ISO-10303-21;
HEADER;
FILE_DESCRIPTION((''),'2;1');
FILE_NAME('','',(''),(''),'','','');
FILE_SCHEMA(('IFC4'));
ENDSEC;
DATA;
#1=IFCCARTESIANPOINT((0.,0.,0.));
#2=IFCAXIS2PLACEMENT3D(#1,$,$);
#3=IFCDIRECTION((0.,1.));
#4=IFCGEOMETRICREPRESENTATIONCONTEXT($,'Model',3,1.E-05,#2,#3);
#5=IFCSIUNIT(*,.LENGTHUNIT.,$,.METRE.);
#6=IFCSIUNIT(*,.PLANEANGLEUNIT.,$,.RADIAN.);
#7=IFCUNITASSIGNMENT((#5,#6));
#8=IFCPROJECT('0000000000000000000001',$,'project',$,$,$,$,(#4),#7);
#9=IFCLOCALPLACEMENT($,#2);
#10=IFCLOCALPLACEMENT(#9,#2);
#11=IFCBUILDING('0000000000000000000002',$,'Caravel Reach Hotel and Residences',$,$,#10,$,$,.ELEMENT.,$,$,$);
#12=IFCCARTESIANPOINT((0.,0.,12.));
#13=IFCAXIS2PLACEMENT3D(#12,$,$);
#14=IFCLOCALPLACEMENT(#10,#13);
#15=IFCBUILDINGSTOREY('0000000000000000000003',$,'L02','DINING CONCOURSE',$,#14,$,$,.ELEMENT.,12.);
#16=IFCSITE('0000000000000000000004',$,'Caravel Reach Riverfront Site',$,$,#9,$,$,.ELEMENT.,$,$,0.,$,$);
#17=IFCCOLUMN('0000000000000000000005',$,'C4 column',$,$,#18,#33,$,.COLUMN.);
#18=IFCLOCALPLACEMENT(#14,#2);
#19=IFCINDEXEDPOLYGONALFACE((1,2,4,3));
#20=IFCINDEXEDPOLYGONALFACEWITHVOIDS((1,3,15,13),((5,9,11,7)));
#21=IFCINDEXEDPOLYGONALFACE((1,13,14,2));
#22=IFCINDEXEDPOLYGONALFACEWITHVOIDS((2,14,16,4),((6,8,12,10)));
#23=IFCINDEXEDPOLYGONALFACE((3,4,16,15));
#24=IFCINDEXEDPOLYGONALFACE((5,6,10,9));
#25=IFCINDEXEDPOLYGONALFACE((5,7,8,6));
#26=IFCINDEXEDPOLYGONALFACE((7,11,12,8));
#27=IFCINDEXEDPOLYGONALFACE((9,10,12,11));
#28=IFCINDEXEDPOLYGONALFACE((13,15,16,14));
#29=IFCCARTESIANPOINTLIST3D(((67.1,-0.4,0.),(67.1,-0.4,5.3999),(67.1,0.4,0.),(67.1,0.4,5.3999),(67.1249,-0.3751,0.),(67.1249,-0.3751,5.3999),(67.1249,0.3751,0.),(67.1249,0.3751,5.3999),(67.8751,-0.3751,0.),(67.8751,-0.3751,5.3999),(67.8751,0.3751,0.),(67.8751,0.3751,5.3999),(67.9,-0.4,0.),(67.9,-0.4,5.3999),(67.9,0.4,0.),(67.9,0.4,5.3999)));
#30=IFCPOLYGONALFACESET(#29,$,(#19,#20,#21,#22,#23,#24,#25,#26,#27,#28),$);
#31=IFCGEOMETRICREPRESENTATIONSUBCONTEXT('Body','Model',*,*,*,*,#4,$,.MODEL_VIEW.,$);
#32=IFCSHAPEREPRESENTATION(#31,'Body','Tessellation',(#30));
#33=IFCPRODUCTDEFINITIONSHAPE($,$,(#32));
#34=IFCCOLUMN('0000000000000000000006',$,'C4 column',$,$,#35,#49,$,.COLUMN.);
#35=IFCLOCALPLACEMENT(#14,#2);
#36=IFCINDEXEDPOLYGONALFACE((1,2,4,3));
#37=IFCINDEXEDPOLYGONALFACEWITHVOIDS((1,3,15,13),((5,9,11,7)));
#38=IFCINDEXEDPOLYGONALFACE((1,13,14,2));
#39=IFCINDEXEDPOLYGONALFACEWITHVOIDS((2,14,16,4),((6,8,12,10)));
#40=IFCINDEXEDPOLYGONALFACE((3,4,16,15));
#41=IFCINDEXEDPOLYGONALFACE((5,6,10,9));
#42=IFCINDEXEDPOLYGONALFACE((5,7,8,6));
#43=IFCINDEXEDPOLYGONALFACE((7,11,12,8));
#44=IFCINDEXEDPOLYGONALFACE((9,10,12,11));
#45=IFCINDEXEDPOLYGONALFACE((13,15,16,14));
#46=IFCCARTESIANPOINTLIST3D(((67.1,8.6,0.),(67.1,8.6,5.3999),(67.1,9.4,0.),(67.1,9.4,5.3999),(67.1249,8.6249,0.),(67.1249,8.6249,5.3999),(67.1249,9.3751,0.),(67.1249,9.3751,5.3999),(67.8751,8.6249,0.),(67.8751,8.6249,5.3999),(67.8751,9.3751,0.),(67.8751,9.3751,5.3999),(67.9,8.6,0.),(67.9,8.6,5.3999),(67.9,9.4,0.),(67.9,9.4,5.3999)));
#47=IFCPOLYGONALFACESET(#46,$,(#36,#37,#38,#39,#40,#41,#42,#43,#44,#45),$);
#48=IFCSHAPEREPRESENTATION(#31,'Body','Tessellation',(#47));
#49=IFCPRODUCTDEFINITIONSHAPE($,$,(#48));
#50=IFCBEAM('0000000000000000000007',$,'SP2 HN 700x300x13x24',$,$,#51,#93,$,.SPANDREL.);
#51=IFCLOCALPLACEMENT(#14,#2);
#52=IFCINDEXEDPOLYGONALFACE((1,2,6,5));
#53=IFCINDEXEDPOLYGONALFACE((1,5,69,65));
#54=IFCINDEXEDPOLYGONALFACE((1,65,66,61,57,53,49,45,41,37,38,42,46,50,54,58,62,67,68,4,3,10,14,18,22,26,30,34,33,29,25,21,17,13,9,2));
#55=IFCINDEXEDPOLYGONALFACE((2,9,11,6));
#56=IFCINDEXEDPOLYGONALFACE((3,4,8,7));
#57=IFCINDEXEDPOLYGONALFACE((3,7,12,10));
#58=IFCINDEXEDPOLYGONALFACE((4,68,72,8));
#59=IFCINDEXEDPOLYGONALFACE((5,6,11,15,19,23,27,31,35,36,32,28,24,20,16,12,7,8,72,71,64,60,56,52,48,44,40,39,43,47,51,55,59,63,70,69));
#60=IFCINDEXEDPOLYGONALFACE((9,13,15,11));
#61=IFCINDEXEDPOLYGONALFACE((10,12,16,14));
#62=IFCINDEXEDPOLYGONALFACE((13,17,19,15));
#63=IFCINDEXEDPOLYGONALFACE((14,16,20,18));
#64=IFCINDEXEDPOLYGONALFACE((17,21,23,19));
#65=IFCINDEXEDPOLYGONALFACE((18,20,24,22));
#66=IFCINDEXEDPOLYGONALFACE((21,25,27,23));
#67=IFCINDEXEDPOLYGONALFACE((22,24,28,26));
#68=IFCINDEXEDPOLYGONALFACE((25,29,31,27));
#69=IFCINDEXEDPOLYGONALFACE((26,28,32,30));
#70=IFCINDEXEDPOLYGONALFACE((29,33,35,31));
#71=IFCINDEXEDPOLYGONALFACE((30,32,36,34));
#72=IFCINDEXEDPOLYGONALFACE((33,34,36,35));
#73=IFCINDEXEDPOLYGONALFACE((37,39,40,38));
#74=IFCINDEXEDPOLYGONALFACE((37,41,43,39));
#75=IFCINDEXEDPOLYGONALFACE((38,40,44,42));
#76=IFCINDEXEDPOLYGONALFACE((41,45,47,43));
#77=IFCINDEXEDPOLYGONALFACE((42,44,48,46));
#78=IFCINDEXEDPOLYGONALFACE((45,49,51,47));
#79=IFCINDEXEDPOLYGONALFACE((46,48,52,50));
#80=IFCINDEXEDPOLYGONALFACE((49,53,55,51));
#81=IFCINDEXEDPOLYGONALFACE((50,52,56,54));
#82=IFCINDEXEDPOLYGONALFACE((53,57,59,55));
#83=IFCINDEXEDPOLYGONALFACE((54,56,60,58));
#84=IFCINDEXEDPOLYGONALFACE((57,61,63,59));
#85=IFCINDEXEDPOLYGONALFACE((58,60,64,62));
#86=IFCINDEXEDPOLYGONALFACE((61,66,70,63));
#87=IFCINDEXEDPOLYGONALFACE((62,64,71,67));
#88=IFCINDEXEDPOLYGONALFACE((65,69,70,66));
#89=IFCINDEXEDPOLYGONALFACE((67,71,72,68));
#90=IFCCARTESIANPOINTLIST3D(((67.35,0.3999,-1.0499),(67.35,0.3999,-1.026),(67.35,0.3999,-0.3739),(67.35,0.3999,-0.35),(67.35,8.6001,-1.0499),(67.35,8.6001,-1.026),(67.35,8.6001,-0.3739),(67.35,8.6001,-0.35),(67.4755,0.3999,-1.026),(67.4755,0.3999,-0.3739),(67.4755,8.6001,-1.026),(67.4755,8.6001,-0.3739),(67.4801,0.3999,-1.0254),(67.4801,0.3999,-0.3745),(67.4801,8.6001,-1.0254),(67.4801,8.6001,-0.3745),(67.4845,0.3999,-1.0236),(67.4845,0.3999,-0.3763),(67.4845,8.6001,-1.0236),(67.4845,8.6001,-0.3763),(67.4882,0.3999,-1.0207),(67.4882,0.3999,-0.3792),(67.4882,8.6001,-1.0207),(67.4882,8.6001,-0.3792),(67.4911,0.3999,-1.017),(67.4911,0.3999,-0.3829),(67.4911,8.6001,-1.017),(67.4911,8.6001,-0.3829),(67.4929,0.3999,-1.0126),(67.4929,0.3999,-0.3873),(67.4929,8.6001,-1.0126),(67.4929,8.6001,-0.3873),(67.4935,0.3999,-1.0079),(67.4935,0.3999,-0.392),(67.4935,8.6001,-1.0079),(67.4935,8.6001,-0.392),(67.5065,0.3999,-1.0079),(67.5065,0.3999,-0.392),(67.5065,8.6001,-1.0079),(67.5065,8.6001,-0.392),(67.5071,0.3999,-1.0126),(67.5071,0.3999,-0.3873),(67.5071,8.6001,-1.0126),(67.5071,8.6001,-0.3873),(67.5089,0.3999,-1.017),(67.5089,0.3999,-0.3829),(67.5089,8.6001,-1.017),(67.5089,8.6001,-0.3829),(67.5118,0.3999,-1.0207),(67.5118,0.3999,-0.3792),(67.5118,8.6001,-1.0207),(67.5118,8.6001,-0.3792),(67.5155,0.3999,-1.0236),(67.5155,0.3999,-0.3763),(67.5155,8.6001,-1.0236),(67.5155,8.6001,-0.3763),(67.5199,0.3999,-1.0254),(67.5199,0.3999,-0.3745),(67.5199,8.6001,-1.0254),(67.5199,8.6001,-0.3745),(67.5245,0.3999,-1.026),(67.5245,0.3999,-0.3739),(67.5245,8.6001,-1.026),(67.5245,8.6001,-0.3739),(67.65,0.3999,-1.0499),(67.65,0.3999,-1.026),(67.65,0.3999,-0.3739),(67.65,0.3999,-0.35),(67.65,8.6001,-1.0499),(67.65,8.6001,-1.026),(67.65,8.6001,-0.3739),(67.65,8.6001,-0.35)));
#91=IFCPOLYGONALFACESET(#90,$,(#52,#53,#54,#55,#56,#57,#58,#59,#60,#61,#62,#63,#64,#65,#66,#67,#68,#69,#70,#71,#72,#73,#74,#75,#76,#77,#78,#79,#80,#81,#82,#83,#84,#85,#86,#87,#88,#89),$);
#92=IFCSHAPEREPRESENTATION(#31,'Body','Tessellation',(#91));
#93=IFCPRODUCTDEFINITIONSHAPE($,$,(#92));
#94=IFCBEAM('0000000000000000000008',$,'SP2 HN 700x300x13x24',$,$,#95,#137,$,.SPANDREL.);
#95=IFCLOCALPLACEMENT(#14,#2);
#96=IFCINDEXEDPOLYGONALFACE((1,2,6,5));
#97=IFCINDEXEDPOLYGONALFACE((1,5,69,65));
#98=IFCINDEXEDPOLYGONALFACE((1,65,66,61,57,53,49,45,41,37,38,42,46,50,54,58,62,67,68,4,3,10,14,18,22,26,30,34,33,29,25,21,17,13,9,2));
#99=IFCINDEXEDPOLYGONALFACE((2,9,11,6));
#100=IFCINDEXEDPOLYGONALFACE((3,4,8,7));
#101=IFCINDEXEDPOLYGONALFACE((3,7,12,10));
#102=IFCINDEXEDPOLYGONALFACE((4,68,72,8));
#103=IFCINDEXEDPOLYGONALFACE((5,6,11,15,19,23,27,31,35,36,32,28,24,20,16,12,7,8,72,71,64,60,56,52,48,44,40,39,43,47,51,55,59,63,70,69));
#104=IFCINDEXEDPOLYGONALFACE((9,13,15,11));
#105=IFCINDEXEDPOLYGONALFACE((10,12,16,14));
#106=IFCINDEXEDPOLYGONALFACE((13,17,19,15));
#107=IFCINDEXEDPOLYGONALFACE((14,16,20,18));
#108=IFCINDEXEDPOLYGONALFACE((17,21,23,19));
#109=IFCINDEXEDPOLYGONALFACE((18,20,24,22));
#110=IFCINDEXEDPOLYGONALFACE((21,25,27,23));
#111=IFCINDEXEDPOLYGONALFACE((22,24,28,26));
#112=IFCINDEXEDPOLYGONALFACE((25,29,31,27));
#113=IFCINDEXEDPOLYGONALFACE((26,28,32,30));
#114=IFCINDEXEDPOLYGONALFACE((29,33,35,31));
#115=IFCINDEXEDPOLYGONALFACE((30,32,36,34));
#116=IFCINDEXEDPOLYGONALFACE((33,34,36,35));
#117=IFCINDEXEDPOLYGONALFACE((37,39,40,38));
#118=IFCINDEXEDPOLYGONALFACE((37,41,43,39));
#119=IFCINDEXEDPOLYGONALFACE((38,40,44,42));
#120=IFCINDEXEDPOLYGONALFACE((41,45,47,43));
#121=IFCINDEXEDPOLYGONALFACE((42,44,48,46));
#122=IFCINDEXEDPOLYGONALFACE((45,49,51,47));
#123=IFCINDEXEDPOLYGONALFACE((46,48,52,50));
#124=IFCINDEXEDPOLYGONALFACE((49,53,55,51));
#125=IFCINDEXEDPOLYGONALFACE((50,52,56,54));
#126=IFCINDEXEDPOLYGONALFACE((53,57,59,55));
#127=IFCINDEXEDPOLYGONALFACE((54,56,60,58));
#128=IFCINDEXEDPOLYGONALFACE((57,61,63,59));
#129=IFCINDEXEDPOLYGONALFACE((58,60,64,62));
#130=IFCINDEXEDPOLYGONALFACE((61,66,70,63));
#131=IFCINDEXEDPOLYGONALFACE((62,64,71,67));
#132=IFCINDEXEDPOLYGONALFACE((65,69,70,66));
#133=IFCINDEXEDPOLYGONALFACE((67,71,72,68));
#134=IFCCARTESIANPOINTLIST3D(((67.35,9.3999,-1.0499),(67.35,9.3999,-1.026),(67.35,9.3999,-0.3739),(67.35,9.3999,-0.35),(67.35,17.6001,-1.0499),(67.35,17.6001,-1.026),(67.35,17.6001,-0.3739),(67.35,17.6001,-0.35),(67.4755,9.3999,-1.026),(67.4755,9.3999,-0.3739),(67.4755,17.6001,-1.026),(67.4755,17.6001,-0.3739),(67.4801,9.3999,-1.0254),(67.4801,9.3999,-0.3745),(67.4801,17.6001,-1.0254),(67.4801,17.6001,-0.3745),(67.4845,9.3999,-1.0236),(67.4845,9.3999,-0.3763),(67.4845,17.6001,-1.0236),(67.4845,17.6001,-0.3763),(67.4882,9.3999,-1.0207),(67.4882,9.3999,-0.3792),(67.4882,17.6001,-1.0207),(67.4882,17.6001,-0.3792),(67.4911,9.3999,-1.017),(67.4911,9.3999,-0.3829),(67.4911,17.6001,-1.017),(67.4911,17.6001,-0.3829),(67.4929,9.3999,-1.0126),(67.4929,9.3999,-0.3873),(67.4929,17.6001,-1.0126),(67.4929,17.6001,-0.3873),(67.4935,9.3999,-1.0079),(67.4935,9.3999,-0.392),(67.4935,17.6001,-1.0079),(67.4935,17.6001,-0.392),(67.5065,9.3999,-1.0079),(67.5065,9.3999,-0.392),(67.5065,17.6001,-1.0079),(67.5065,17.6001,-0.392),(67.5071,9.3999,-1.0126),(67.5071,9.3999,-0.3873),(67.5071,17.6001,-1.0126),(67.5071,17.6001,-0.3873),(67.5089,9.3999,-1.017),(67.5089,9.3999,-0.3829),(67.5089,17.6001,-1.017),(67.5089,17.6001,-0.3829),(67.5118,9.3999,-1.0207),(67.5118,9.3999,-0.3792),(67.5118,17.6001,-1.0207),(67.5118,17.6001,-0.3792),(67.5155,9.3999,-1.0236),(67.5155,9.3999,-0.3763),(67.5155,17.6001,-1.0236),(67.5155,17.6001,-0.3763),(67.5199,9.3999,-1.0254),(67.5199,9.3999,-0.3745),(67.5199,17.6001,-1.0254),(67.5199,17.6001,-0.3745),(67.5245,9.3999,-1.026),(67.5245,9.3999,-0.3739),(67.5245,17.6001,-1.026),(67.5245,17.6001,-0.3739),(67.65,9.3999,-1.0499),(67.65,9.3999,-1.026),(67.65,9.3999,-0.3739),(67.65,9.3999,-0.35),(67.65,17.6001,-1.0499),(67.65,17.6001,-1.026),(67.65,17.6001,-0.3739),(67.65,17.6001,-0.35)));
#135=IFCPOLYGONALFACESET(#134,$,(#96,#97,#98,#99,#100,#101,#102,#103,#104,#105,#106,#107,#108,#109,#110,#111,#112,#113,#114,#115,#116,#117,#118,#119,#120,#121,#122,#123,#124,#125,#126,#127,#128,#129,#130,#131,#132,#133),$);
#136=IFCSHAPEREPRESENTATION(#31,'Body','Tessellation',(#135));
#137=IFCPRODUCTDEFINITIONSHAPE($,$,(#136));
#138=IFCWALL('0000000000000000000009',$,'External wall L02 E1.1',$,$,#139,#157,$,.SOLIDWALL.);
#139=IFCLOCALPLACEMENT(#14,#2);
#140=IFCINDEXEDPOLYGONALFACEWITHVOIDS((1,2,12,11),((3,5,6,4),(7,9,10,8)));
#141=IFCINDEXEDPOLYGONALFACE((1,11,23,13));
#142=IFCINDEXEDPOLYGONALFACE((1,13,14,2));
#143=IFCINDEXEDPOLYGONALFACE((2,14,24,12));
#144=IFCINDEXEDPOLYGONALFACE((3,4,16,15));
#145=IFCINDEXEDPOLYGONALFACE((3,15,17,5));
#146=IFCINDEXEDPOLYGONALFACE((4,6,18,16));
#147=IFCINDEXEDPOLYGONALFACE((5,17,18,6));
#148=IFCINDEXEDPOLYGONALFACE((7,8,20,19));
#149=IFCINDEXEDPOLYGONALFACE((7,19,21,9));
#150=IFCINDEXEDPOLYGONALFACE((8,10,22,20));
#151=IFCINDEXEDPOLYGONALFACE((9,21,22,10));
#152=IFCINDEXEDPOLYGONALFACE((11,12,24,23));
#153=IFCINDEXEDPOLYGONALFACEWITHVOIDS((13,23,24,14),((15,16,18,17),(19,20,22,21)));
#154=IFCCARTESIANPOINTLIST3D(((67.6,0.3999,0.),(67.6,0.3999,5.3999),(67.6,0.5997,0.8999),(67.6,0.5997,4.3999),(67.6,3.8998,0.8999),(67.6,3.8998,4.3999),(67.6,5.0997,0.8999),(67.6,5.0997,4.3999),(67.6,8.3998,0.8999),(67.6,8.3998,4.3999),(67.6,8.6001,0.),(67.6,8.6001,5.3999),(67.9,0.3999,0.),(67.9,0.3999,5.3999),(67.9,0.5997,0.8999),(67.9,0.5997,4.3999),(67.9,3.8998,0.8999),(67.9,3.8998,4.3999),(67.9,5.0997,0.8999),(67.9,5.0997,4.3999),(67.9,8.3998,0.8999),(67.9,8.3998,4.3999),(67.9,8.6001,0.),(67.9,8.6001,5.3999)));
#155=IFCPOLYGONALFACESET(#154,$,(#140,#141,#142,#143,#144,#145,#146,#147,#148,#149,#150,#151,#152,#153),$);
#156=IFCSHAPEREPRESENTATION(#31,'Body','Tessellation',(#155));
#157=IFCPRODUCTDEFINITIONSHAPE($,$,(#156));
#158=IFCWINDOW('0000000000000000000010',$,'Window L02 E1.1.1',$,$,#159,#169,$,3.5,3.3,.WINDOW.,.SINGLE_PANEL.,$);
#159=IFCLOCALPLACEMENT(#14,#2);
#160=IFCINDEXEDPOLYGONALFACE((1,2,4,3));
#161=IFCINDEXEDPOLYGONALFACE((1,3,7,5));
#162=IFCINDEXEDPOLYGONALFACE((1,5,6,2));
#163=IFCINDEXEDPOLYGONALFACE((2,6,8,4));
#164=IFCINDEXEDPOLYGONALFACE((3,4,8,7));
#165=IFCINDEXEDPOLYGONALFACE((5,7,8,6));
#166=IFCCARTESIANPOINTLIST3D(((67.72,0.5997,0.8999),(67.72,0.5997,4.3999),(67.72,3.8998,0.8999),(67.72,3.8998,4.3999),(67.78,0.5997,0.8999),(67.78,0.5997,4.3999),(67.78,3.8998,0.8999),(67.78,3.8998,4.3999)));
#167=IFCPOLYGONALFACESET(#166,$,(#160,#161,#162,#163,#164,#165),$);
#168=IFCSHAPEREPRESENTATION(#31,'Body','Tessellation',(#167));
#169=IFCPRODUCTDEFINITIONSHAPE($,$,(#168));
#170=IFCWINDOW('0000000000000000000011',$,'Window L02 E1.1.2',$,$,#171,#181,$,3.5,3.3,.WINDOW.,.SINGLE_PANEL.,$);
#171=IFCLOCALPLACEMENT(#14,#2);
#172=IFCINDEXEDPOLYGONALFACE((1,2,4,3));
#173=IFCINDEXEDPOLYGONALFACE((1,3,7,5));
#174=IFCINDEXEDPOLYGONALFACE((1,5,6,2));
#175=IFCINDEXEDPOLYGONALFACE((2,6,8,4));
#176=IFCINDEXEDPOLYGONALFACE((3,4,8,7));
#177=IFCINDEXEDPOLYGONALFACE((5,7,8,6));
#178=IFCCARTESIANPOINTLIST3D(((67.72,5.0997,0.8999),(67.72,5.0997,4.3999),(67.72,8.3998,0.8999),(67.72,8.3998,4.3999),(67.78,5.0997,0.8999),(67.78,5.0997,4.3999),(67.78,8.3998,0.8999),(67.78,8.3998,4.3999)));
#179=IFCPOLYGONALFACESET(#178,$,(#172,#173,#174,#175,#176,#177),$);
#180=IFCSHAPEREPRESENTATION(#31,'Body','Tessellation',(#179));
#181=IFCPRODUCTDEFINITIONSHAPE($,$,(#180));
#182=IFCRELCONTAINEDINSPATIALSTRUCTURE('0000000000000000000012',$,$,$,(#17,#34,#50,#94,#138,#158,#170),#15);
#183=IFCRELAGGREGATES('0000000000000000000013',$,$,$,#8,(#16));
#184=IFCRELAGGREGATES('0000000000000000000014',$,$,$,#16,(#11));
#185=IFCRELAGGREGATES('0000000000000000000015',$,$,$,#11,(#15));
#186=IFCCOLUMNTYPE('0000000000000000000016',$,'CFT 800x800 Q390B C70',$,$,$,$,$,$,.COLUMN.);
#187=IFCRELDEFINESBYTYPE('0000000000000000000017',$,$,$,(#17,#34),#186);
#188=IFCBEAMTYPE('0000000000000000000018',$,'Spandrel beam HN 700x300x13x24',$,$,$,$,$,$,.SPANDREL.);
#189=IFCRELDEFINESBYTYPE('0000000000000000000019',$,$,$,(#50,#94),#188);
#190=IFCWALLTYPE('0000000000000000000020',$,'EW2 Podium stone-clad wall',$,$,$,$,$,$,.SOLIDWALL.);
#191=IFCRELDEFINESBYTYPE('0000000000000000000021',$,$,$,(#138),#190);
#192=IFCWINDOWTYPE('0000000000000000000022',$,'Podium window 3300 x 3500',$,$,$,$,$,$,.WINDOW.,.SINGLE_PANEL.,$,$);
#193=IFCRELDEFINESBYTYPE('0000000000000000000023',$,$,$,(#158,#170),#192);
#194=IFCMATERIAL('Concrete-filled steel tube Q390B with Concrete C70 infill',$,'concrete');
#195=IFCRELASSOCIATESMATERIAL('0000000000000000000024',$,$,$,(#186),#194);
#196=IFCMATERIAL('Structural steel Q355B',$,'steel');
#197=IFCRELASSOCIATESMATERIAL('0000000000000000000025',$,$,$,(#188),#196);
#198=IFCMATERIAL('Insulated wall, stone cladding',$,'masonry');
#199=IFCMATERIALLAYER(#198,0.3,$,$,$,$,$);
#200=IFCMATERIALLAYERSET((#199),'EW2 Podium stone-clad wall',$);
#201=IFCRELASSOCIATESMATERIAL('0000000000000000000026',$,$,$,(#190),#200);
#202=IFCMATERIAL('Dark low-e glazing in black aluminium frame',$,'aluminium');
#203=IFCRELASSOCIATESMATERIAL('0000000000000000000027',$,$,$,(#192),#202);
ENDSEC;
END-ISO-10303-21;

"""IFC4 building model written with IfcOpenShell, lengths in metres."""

from ifc_helpers import new_model, si_unit, direction, frame, frame_2d, origin, origin_2d, place, context, subcontext, project, spatial, rectangle, hollow_rectangle, i_section, extrude, material, layer, layer_set, material_profile, profile_set, type_object, element, fill, save


model = new_model("IFC4")

# Units and contexts
model_context = context("Model", 3, precision=1e-05, world=origin(), true_north=direction((0.0, 1.0)))
body_context = subcontext(model_context, "Body", "Model", "MODEL_VIEW")
ifc_project = project(units=[si_unit("LENGTHUNIT", "METRE"), si_unit("PLANEANGLEUNIT", "RADIAN")], contexts=[model_context])

# Site, building, storey
site_placement = place(None, origin())
site = spatial("IfcSite", under=ifc_project, at=site_placement, Name="Caravel Reach Riverfront Site", CompositionType="ELEMENT", RefElevation=0.0)
building_placement = place(site_placement, origin())
building = spatial("IfcBuilding", under=site, at=building_placement, Name="Caravel Reach Hotel and Residences", CompositionType="ELEMENT")
storey_placement = place(building_placement, frame((0.0, 0.0, 12.0)))
storey = spatial("IfcBuildingStorey", under=building, at=storey_placement, Name="L02", Description="DINING CONCOURSE", CompositionType="ELEMENT", Elevation=12.0)

# Columns
ifc_material_1 = material(Name="Concrete-filled steel tube Q390B with Concrete C70 infill", Category="concrete")
ifc_material_profile_1 = material_profile(ifc_material_1, hollow_rectangle(XDim=0.8, YDim=0.8, WallThickness=0.0249, at=origin_2d()), Name="RHS 800x800x25")
ifc_profile_set_1 = profile_set([ifc_material_profile_1], Name="Concrete-filled steel tube Q390B with Concrete C70 infill")
column_type = type_object("IfcColumnType", Name="CFT 800x800 Q390B C70", PredefinedType="COLUMN", material=ifc_profile_set_1)
for number, where, z_axis, x_axis, name in (
    (1, (67.5, 0.0, 0.0), (0.0, 0.0, 1.0), (1.0, 0.0, 0.0), "C4 column"),
    (2, (67.5, 9.0, 0.0), (0.0, 0.0, 1.0), (1.0, 0.0, 0.0), "C4 column"),
):
    element("IfcColumn", number, at=place(storey_placement, frame(where, z_axis=z_axis, x_axis=x_axis)), inside=storey, type_object=column_type, Name=name, PredefinedType="COLUMN", context=body_context, shape_type="SweptSolid", body=[
        extrude(hollow_rectangle(XDim=0.8, YDim=0.8, WallThickness=0.0249, at=origin_2d()), origin(), (0.0, 0.0, 1.0), 5.3999),
    ])

# Beams
ifc_material_2 = material(Name="Structural steel Q355B", Category="steel")
ifc_material_profile_2 = material_profile(ifc_material_2, i_section(OverallWidth=0.3, OverallDepth=0.7, WebThickness=0.0129, FlangeThickness=0.0239, FilletRadius=0.0181, at=origin_2d()), Name="HN 700x300x13x24")
ifc_profile_set_2 = profile_set([ifc_material_profile_2], Name="Structural steel Q355B")
beam_type = type_object("IfcBeamType", Name="Spandrel beam HN 700x300x13x24", PredefinedType="SPANDREL", material=ifc_profile_set_2)
for number, where, z_axis, x_axis, name in (
    (3, (67.5, 0.3999, -0.7), (0.0, 1.0, 0.0), (-1.0, 0.0, 0.0), "SP2 HN 700x300x13x24"),
    (4, (67.5, 9.3999, -0.7), (0.0, 1.0, 0.0), (-1.0, 0.0, 0.0), "SP2 HN 700x300x13x24"),
):
    element("IfcBeam", number, at=place(storey_placement, frame(where, z_axis=z_axis, x_axis=x_axis)), inside=storey, type_object=beam_type, Name=name, PredefinedType="SPANDREL", context=body_context, shape_type="SweptSolid", body=[
        extrude(i_section(OverallWidth=0.3, OverallDepth=0.7, WebThickness=0.0129, FlangeThickness=0.0239, FilletRadius=0.0181, at=origin_2d()), origin(), (0.0, 0.0, 1.0), 8.2002),
    ])

# Wall, openings, windows
ifc_material_3 = material(Name="Insulated wall, stone cladding", Category="masonry")
ifc_layer_1 = layer(ifc_material_3, 0.3)
ifc_layer_set_1 = layer_set([ifc_layer_1], Name="EW2 Podium stone-clad wall")
wall_type_1 = type_object("IfcWallType", Name="EW2 Podium stone-clad wall", PredefinedType="SOLIDWALL", material=ifc_layer_set_1)
wall_1_placement = place(storey_placement, frame((67.75, 0.3999, 0.0), z_axis=(0.0, 0.0, 1.0), x_axis=(0.0, 1.0, 0.0)))
wall_1 = element("IfcWall", 5, at=wall_1_placement, inside=storey, type_object=wall_type_1, Name="External wall L02 E1.1", PredefinedType="SOLIDWALL", context=body_context, shape_type="SweptSolid", body=[
    extrude(rectangle(XDim=8.2002, YDim=0.3, at=frame_2d((4.1001, 0.0))), origin(), (0.0, 0.0, 1.0), 5.3999),
])
opening_1_placement = place(wall_1_placement, frame((0.2, 0.0, 0.8999)))
opening_1 = element("IfcOpeningElement", 6, at=opening_1_placement, cuts=wall_1, PredefinedType="OPENING", context=body_context, shape_type="SweptSolid", body=[
    extrude(rectangle(XDim=3.3, YDim=3.5, at=frame_2d((1.6499, 1.75))), frame((0.0, 0.1599, 0.0), z_axis=(0.0, -1.0, 0.0), x_axis=(1.0, 0.0, 0.0)), (0.0, 0.0, 1.0), 0.3201),
])
opening_2_placement = place(wall_1_placement, frame((4.7, 0.0, 0.8999)))
opening_2 = element("IfcOpeningElement", 7, at=opening_2_placement, cuts=wall_1, PredefinedType="OPENING", context=body_context, shape_type="SweptSolid", body=[
    extrude(rectangle(XDim=3.3, YDim=3.5, at=frame_2d((1.6499, 1.75))), frame((0.0, 0.1599, 0.0), z_axis=(0.0, -1.0, 0.0), x_axis=(1.0, 0.0, 0.0)), (0.0, 0.0, 1.0), 0.3201),
])
ifc_material_4 = material(Name="Dark low-e glazing in black aluminium frame", Category="aluminium")
window_type = type_object("IfcWindowType", Name="Podium window 3300 x 3500", PartitioningType="SINGLE_PANEL", PredefinedType="WINDOW", material=ifc_material_4)
window_1_placement = place(opening_1_placement, origin())
window_1 = element("IfcWindow", 8, at=window_1_placement, inside=storey, type_object=window_type, Name="Window L02 E1.1.1", OverallHeight=3.5, OverallWidth=3.3, PartitioningType="SINGLE_PANEL", PredefinedType="WINDOW", context=body_context, shape_type="SweptSolid", body=[
    extrude(rectangle(XDim=3.3, YDim=3.5, at=frame_2d((1.6499, 1.75))), frame((0.0, 0.03, 0.0), z_axis=(0.0, -1.0, 0.0), x_axis=(1.0, 0.0, 0.0)), (0.0, 0.0, 1.0), 0.0601),
])
fill(opening_1, window_1)
window_2_placement = place(opening_2_placement, origin())
window_2 = element("IfcWindow", 9, at=window_2_placement, inside=storey, type_object=window_type, Name="Window L02 E1.1.2", OverallHeight=3.5, OverallWidth=3.3, PartitioningType="SINGLE_PANEL", PredefinedType="WINDOW", context=body_context, shape_type="SweptSolid", body=[
    extrude(rectangle(XDim=3.3, YDim=3.5, at=frame_2d((1.6499, 1.75))), frame((0.0, 0.03, 0.0), z_axis=(0.0, -1.0, 0.0), x_axis=(1.0, 0.0, 0.0)), (0.0, 0.0, 1.0), 0.0601),
])
fill(opening_2, window_2)

save(model, "model.ifc")
